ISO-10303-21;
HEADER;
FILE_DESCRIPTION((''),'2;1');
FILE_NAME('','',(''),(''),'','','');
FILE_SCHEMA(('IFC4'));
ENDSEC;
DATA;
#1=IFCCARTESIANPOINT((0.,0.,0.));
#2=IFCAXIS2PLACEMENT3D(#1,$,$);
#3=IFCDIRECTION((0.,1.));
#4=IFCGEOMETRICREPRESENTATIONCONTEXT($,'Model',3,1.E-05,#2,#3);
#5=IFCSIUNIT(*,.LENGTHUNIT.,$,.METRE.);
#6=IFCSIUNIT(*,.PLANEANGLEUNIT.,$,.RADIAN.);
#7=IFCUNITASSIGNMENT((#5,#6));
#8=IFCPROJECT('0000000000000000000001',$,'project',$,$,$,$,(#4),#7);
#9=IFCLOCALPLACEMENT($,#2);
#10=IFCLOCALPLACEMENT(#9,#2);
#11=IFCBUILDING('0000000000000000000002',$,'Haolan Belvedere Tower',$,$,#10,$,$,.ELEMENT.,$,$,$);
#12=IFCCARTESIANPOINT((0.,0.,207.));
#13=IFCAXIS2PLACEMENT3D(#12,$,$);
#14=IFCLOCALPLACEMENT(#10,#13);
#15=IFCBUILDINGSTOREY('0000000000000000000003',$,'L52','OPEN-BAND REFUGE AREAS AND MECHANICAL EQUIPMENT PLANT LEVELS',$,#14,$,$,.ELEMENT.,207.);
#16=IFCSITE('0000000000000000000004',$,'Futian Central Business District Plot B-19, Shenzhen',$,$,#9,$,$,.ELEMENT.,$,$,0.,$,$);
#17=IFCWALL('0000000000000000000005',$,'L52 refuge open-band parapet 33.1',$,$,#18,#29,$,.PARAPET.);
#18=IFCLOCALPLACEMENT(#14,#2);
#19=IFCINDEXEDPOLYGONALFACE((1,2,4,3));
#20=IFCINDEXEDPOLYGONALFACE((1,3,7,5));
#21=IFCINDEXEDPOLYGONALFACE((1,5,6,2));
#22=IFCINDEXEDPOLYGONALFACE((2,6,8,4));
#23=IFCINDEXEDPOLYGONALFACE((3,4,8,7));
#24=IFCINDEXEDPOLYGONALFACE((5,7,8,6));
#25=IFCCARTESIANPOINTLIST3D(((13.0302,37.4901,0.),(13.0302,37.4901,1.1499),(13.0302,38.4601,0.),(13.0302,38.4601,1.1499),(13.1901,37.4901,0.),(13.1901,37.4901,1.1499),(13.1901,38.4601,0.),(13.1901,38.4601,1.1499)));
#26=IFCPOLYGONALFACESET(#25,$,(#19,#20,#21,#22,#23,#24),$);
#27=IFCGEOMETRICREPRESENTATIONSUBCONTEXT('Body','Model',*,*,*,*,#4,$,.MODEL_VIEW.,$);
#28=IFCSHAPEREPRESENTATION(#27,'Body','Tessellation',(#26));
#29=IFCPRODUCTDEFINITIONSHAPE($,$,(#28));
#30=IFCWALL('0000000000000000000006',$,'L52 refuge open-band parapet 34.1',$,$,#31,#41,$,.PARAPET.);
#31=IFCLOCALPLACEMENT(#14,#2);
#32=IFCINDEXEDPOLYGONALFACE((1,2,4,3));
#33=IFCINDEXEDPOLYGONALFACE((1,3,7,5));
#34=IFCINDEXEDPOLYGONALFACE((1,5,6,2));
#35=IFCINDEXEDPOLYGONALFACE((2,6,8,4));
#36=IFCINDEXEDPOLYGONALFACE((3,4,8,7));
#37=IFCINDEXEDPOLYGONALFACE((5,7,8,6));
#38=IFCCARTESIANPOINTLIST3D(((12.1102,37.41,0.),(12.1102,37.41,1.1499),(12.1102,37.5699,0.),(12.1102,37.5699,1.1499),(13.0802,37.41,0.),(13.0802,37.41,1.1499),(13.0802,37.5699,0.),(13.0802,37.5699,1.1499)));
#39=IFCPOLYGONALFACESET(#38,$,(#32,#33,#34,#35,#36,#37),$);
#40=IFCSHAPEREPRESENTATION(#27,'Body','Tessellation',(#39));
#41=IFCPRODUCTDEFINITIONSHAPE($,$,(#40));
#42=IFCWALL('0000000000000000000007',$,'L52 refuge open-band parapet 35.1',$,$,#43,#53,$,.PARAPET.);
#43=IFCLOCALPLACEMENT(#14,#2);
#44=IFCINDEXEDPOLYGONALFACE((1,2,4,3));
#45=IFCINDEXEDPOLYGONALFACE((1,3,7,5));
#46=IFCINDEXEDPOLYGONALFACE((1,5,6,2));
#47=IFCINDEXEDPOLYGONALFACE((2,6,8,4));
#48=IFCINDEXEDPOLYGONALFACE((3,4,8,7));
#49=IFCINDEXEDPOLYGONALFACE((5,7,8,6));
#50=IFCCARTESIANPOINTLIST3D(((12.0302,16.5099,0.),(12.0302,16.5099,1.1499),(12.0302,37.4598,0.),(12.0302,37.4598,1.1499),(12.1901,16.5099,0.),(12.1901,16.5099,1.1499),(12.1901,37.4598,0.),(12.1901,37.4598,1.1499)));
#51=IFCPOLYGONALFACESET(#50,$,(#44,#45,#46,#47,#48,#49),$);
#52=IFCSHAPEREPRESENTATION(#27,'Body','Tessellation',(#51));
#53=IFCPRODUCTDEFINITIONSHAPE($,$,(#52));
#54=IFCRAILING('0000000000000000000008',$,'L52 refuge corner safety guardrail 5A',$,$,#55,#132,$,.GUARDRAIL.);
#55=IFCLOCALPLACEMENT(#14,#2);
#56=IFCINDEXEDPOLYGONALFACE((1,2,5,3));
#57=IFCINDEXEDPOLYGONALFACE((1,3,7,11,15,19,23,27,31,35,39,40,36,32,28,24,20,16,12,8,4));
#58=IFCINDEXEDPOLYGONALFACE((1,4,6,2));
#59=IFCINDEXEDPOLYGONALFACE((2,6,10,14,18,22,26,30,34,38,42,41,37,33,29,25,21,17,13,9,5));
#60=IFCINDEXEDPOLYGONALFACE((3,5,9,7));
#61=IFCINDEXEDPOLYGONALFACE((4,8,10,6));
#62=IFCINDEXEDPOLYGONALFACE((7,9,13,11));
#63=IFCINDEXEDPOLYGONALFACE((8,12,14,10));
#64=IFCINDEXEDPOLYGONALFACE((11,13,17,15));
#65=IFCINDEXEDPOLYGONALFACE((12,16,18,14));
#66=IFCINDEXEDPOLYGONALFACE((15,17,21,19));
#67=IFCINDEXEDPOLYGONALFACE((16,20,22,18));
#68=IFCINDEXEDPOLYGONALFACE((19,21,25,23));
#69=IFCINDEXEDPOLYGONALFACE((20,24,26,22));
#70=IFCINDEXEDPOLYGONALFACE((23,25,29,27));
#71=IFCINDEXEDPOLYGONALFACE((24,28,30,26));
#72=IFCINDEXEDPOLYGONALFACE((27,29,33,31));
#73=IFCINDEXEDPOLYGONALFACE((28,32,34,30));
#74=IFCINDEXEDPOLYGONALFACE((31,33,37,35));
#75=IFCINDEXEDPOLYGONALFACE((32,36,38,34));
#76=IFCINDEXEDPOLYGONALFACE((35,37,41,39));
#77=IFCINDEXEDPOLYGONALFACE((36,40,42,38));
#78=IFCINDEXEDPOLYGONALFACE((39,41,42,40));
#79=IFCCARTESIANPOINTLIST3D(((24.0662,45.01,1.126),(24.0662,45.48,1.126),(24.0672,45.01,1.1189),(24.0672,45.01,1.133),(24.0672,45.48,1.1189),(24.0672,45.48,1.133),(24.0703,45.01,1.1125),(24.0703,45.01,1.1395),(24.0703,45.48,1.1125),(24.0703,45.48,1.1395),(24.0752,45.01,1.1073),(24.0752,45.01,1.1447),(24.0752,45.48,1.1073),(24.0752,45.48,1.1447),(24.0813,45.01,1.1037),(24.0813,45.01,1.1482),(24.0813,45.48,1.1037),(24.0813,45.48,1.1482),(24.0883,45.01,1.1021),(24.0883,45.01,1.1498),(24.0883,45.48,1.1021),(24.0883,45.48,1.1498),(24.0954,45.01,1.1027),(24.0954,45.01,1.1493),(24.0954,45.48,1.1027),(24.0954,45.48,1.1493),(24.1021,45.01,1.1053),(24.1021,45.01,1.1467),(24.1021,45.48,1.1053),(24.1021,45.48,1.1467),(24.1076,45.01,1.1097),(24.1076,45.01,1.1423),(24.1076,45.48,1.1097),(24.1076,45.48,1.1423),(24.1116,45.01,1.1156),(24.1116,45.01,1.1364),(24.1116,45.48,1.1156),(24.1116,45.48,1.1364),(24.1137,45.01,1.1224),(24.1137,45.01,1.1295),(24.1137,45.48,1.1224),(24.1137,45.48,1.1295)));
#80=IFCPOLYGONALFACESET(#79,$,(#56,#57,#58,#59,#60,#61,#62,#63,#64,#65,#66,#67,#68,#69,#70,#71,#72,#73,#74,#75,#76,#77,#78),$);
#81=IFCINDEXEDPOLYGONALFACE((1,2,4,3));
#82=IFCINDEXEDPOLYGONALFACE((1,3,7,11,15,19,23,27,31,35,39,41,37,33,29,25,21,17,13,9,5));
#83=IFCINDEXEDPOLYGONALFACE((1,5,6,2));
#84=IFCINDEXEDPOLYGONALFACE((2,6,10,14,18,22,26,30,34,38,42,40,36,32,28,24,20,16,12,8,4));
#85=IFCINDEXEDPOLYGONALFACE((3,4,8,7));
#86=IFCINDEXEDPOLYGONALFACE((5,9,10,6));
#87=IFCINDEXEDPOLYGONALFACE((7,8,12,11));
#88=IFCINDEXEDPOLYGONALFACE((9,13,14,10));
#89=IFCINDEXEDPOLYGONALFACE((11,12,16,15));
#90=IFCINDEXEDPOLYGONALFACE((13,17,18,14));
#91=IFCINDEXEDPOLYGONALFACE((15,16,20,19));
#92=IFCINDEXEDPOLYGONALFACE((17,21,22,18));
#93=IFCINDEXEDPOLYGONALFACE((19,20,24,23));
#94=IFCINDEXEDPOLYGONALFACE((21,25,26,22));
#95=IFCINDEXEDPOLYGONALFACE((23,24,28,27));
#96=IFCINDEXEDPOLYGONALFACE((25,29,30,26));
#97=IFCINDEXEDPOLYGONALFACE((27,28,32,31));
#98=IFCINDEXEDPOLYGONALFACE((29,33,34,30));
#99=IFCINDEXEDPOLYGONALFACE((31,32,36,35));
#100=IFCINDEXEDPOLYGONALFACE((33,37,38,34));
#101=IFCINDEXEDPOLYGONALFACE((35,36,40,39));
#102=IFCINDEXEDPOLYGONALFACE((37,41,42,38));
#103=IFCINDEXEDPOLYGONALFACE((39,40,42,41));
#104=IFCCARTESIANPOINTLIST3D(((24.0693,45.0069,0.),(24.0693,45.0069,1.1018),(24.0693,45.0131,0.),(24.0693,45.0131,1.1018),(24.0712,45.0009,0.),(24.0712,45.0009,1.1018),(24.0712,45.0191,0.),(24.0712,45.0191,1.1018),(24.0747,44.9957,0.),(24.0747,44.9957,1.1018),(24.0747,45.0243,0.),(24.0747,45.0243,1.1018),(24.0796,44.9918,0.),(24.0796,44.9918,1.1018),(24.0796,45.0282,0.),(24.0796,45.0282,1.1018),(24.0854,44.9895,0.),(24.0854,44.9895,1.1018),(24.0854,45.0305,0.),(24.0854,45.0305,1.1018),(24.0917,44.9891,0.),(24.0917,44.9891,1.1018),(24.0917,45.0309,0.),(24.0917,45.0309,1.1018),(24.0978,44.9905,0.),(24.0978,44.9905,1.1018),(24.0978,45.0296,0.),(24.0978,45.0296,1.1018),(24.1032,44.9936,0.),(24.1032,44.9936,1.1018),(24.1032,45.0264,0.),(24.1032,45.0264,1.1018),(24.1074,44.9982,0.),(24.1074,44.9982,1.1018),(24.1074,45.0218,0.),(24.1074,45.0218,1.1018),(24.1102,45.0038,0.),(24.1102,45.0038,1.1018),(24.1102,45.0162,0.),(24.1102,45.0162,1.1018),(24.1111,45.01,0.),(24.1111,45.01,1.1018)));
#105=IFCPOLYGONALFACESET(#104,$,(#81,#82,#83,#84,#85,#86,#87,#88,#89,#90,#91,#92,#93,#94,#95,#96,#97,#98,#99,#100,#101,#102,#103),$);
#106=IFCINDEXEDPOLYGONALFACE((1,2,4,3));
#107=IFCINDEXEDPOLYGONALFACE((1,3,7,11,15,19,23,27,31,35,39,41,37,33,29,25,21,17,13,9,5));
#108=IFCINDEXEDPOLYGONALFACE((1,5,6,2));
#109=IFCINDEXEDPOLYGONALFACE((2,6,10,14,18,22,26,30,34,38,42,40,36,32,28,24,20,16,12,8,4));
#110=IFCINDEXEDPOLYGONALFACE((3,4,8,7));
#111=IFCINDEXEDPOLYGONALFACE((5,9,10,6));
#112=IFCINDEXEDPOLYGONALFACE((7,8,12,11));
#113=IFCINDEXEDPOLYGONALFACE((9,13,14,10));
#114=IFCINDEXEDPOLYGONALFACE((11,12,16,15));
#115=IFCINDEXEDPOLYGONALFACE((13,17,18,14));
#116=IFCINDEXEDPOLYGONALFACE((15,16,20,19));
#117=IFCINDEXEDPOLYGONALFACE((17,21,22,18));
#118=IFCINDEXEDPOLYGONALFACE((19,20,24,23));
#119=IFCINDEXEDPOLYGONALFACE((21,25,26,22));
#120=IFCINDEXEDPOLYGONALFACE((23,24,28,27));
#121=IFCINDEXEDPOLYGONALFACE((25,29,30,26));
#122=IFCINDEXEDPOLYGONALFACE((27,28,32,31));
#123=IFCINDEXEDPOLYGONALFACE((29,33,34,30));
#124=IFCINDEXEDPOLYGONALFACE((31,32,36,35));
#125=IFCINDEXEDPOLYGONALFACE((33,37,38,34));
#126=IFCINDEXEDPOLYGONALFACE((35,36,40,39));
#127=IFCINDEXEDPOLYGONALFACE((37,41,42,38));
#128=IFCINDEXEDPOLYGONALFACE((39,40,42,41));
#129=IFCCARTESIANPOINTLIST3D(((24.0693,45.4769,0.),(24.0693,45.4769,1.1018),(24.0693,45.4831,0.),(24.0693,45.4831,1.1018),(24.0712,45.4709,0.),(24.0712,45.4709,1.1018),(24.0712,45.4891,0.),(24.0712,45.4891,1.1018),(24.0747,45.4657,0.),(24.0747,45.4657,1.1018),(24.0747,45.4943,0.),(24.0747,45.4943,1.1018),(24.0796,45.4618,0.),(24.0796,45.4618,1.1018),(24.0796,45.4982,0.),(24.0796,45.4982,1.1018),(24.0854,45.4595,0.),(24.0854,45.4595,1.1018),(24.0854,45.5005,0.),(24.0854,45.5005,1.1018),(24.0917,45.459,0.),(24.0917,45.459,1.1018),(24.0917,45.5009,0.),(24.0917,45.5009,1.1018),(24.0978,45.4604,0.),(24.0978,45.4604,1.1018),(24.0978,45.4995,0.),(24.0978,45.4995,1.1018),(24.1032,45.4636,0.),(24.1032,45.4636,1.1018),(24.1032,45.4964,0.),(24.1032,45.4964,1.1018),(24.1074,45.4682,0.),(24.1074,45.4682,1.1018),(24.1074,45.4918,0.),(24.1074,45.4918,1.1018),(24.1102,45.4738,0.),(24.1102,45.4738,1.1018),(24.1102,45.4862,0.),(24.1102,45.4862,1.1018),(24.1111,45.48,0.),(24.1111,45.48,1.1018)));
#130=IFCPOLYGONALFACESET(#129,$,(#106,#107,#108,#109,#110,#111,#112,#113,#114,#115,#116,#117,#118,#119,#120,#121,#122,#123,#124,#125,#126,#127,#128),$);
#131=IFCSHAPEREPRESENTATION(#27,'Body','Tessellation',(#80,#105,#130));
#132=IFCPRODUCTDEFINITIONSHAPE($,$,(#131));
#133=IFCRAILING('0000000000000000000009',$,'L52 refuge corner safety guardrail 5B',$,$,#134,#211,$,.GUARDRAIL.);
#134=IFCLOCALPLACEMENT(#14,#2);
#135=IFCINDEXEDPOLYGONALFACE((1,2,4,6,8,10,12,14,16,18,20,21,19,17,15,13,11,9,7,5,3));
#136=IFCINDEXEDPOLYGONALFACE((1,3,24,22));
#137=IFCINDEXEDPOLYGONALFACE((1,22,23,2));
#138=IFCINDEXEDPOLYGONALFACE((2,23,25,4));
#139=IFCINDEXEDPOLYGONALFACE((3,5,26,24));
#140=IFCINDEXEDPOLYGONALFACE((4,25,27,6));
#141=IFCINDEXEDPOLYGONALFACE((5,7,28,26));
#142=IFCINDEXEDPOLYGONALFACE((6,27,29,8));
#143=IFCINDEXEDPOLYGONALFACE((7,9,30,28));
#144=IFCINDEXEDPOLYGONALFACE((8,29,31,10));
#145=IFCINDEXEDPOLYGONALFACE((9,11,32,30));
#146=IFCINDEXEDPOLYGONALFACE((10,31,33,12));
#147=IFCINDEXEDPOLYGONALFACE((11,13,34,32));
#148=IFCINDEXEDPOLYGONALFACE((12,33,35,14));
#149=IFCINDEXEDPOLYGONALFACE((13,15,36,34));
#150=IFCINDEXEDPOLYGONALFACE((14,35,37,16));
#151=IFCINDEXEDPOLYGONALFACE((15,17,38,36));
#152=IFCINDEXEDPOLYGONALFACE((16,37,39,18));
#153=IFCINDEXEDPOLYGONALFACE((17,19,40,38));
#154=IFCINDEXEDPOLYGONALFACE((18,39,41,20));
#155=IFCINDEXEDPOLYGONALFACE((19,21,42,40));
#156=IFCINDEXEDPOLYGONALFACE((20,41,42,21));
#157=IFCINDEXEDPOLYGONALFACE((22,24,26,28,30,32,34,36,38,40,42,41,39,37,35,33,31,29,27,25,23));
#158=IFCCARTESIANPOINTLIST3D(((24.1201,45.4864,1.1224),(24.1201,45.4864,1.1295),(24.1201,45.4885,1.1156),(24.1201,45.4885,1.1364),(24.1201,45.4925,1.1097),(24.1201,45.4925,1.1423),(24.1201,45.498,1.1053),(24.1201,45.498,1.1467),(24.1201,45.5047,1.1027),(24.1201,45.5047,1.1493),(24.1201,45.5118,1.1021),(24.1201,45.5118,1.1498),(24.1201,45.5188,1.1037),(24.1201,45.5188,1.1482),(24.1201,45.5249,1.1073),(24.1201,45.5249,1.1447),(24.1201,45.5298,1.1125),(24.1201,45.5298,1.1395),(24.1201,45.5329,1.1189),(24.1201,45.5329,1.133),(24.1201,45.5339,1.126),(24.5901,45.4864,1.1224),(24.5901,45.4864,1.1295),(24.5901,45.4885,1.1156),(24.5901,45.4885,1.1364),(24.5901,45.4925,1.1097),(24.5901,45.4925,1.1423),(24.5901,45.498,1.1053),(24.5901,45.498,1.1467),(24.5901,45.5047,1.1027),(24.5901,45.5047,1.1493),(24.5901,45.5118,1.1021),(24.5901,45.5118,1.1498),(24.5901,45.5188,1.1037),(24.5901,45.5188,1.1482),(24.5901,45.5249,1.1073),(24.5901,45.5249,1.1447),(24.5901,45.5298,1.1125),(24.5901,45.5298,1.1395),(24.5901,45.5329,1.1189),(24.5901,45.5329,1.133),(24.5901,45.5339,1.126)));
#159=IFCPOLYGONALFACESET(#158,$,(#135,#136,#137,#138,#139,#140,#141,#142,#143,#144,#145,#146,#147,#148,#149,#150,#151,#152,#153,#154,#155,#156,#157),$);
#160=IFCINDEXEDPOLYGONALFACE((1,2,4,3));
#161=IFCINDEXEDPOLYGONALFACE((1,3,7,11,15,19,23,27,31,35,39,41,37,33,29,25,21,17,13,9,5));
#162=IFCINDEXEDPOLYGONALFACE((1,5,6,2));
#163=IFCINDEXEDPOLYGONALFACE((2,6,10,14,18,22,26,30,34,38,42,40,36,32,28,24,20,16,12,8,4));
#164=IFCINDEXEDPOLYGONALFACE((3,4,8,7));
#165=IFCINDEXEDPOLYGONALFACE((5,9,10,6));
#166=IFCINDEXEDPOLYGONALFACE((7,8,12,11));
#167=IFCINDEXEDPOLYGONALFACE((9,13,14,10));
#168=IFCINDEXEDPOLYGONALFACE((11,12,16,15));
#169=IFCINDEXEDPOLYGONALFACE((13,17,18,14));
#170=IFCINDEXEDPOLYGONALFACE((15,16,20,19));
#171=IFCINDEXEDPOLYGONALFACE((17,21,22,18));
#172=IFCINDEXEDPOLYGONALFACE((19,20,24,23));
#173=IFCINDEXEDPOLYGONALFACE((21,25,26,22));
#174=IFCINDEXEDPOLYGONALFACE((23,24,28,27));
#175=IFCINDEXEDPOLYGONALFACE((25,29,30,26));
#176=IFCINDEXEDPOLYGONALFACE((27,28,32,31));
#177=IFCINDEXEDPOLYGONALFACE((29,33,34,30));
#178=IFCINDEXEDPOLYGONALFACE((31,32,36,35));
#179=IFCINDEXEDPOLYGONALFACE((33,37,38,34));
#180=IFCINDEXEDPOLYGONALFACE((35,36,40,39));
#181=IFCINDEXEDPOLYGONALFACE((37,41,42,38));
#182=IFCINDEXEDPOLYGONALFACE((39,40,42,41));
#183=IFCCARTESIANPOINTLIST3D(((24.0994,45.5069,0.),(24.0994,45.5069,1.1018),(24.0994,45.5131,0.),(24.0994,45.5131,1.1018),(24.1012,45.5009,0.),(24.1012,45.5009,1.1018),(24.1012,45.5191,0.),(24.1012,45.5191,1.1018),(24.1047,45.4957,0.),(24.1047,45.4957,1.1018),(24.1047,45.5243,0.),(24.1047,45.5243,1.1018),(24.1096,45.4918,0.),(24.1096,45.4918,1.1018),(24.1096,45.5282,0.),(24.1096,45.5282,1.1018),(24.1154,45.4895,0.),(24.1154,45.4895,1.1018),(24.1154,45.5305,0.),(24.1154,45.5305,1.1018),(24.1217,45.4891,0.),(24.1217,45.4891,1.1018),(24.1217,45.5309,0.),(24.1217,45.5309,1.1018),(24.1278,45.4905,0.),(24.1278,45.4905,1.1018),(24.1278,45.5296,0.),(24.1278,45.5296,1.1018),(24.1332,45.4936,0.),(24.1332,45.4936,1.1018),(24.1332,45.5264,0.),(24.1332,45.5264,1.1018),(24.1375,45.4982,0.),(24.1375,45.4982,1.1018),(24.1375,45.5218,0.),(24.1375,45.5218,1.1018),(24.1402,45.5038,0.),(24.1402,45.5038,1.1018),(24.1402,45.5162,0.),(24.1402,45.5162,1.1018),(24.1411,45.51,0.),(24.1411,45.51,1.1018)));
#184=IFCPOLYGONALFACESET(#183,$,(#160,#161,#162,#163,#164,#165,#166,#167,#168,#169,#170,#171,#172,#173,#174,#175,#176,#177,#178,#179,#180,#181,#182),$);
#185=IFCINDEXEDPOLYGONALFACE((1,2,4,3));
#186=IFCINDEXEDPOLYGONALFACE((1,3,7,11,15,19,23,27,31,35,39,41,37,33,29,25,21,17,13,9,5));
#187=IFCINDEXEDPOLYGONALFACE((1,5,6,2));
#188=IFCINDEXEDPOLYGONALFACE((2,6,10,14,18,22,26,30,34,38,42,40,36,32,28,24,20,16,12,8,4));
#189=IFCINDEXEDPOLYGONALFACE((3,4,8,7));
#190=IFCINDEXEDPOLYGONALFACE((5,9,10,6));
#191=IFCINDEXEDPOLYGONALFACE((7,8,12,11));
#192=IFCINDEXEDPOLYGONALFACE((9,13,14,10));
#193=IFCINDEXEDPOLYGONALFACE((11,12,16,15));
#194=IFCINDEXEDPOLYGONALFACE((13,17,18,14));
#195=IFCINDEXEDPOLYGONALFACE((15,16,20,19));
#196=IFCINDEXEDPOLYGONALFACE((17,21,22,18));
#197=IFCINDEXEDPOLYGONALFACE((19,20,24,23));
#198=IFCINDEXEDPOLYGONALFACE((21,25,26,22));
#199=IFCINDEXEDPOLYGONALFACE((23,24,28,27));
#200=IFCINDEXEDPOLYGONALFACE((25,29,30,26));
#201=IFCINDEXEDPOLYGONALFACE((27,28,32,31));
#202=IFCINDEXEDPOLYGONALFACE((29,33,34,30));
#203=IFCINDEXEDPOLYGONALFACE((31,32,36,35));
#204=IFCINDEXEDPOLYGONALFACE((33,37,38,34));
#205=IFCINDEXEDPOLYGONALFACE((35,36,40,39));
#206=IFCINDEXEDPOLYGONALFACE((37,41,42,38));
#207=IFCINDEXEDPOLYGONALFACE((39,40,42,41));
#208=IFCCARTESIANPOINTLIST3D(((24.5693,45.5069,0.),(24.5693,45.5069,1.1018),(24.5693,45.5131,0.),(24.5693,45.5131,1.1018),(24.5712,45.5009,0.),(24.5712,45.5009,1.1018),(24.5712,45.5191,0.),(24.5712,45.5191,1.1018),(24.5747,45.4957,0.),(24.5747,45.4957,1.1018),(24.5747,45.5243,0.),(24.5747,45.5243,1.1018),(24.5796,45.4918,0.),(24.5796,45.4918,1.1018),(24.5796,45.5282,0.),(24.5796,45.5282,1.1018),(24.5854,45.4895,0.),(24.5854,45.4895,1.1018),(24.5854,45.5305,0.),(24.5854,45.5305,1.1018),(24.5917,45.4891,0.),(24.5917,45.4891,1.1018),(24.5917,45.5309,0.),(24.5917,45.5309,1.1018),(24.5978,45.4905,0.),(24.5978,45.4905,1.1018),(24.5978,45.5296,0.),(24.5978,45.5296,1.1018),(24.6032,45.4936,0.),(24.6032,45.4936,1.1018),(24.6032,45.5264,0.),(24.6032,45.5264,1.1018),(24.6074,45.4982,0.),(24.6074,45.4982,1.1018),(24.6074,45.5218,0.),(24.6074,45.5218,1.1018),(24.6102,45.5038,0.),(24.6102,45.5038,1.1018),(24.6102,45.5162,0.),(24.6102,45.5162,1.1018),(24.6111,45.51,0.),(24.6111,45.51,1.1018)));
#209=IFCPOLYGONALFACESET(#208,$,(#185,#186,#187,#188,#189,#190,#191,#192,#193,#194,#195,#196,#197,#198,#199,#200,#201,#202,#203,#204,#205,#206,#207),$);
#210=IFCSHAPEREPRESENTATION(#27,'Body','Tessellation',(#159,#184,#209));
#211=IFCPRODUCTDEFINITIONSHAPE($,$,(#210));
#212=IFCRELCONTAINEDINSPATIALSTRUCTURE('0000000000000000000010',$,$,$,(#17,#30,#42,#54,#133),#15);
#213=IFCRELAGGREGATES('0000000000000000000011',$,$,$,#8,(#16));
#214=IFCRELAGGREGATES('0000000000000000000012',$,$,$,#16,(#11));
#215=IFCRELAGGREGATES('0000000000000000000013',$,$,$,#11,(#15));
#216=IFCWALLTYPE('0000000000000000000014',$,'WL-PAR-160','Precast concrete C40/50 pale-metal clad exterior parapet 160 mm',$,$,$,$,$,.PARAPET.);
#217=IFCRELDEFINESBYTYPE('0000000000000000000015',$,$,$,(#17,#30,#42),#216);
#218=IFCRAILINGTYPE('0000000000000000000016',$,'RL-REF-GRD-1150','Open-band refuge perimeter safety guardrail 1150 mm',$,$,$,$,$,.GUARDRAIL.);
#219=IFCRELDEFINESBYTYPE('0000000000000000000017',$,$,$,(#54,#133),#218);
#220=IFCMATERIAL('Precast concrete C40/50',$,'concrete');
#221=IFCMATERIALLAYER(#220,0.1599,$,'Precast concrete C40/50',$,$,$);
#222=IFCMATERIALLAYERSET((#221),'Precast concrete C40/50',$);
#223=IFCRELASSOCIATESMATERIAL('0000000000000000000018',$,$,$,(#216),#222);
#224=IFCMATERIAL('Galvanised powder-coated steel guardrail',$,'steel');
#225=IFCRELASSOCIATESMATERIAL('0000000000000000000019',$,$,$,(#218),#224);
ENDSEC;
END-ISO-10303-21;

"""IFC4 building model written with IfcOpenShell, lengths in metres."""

from ifc_helpers import new_model, si_unit, direction, frame, frame_2d, origin, origin_2d, place, context, subcontext, project, spatial, rectangle, circle, extrude, material, layer, layer_set, type_object, element, save


model = new_model("IFC4")

# Units and contexts
model_context = context("Model", 3, precision=1e-05, world=origin(), true_north=direction((0.0, 1.0)))
body_context = subcontext(model_context, "Body", "Model", "MODEL_VIEW")
ifc_project = project(units=[si_unit("LENGTHUNIT", "METRE"), si_unit("PLANEANGLEUNIT", "RADIAN")], contexts=[model_context])

# Site, building, storey
site_placement = place(None, origin())
site = spatial("IfcSite", under=ifc_project, at=site_placement, Name="Futian Central Business District Plot B-19, Shenzhen", CompositionType="ELEMENT", RefElevation=0.0)
building_placement = place(site_placement, origin())
building = spatial("IfcBuilding", under=site, at=building_placement, Name="Haolan Belvedere Tower", CompositionType="ELEMENT")
storey_placement = place(building_placement, frame((0.0, 0.0, 207.0)))
storey = spatial("IfcBuildingStorey", under=building, at=storey_placement, Name="L52", Description="OPEN-BAND REFUGE AREAS AND MECHANICAL EQUIPMENT PLANT LEVELS", CompositionType="ELEMENT", Elevation=207.0)

# Walls
ifc_material_1 = material(Name="Precast concrete C40/50", Category="concrete")
ifc_layer_1 = layer(ifc_material_1, 0.1599, Name="Precast concrete C40/50")
ifc_layer_set_1 = layer_set([ifc_layer_1], Name="Precast concrete C40/50")
wall_type_1 = type_object("IfcWallType", Name="WL-PAR-160", Description="Precast concrete C40/50 pale-metal clad exterior parapet 160 mm", PredefinedType="PARAPET", material=ifc_layer_set_1)
for number, where, z_axis, x_axis, name in (
    (1, (13.1101, 38.46, 0.0), (0.0, 0.0, 1.0), (0.0, -1.0, 0.0), "L52 refuge open-band parapet 33.1"),
    (2, (13.0801, 37.49, 0.0), (0.0, 0.0, 1.0), (-1.0, 0.0, 0.0), "L52 refuge open-band parapet 34.1"),
):
    element("IfcWall", number, at=place(storey_placement, frame(where, z_axis=z_axis, x_axis=x_axis)), inside=storey, type_object=wall_type_1, Name=name, PredefinedType="PARAPET", context=body_context, shape_type="SweptSolid", body=[
        extrude(rectangle(XDim=0.97, YDim=0.1599, at=frame_2d((0.4849, 0.0))), origin(), (0.0, 0.0, 1.0), 1.1499),
    ])
wall_1_placement = place(storey_placement, frame((12.1101, 37.46, 0.0), z_axis=(0.0, 0.0, 1.0), x_axis=(0.0, -1.0, 0.0)))
element("IfcWall", 3, at=wall_1_placement, inside=storey, type_object=wall_type_1, Name="L52 refuge open-band parapet 35.1", PredefinedType="PARAPET", context=body_context, shape_type="SweptSolid", body=[
    extrude(rectangle(XDim=20.95, YDim=0.1599, at=frame_2d((10.4751, 0.0))), origin(), (0.0, 0.0, 1.0), 1.1499),
])

# Railings
ifc_material_2 = material(Name="Galvanised powder-coated steel guardrail", Category="steel")
railing_type = type_object("IfcRailingType", Name="RL-REF-GRD-1150", Description="Open-band refuge perimeter safety guardrail 1150 mm", PredefinedType="GUARDRAIL", material=ifc_material_2)
railing_1_placement = place(storey_placement, frame((24.0901, 45.01, 0.0)))
element("IfcRailing", 4, at=railing_1_placement, inside=storey, type_object=railing_type, Name="L52 refuge corner safety guardrail 5A", PredefinedType="GUARDRAIL", context=body_context, shape_type="SweptSolid", body=[
    extrude(circle(Radius=0.0239, at=origin_2d()), frame((0.0, 0.0, 1.126), z_axis=(0.0, 1.0, 0.0), x_axis=(-1.0, 0.0, 0.0)), (0.0, 0.0, 1.0), 0.47),
    extrude(circle(Radius=0.021, at=origin_2d()), origin(), (0.0, 0.0, 1.0), 1.1018),
    extrude(circle(Radius=0.021, at=origin_2d()), frame((0.0, 0.47, 0.0)), (0.0, 0.0, 1.0), 1.1018),
])
railing_2_placement = place(storey_placement, frame((24.1201, 45.51, 0.0)))
element("IfcRailing", 5, at=railing_2_placement, inside=storey, type_object=railing_type, Name="L52 refuge corner safety guardrail 5B", PredefinedType="GUARDRAIL", context=body_context, shape_type="SweptSolid", body=[
    extrude(circle(Radius=0.0239, at=origin_2d()), frame((0.0, 0.0, 1.126), z_axis=(1.0, 0.0, 0.0), x_axis=(0.0, 1.0, 0.0)), (0.0, 0.0, 1.0), 0.47),
    extrude(circle(Radius=0.021, at=origin_2d()), origin(), (0.0, 0.0, 1.0), 1.1018),
    extrude(circle(Radius=0.021, at=origin_2d()), frame((0.47, 0.0, 0.0)), (0.0, 0.0, 1.0), 1.1018),
])

save(model, "model.ifc")
